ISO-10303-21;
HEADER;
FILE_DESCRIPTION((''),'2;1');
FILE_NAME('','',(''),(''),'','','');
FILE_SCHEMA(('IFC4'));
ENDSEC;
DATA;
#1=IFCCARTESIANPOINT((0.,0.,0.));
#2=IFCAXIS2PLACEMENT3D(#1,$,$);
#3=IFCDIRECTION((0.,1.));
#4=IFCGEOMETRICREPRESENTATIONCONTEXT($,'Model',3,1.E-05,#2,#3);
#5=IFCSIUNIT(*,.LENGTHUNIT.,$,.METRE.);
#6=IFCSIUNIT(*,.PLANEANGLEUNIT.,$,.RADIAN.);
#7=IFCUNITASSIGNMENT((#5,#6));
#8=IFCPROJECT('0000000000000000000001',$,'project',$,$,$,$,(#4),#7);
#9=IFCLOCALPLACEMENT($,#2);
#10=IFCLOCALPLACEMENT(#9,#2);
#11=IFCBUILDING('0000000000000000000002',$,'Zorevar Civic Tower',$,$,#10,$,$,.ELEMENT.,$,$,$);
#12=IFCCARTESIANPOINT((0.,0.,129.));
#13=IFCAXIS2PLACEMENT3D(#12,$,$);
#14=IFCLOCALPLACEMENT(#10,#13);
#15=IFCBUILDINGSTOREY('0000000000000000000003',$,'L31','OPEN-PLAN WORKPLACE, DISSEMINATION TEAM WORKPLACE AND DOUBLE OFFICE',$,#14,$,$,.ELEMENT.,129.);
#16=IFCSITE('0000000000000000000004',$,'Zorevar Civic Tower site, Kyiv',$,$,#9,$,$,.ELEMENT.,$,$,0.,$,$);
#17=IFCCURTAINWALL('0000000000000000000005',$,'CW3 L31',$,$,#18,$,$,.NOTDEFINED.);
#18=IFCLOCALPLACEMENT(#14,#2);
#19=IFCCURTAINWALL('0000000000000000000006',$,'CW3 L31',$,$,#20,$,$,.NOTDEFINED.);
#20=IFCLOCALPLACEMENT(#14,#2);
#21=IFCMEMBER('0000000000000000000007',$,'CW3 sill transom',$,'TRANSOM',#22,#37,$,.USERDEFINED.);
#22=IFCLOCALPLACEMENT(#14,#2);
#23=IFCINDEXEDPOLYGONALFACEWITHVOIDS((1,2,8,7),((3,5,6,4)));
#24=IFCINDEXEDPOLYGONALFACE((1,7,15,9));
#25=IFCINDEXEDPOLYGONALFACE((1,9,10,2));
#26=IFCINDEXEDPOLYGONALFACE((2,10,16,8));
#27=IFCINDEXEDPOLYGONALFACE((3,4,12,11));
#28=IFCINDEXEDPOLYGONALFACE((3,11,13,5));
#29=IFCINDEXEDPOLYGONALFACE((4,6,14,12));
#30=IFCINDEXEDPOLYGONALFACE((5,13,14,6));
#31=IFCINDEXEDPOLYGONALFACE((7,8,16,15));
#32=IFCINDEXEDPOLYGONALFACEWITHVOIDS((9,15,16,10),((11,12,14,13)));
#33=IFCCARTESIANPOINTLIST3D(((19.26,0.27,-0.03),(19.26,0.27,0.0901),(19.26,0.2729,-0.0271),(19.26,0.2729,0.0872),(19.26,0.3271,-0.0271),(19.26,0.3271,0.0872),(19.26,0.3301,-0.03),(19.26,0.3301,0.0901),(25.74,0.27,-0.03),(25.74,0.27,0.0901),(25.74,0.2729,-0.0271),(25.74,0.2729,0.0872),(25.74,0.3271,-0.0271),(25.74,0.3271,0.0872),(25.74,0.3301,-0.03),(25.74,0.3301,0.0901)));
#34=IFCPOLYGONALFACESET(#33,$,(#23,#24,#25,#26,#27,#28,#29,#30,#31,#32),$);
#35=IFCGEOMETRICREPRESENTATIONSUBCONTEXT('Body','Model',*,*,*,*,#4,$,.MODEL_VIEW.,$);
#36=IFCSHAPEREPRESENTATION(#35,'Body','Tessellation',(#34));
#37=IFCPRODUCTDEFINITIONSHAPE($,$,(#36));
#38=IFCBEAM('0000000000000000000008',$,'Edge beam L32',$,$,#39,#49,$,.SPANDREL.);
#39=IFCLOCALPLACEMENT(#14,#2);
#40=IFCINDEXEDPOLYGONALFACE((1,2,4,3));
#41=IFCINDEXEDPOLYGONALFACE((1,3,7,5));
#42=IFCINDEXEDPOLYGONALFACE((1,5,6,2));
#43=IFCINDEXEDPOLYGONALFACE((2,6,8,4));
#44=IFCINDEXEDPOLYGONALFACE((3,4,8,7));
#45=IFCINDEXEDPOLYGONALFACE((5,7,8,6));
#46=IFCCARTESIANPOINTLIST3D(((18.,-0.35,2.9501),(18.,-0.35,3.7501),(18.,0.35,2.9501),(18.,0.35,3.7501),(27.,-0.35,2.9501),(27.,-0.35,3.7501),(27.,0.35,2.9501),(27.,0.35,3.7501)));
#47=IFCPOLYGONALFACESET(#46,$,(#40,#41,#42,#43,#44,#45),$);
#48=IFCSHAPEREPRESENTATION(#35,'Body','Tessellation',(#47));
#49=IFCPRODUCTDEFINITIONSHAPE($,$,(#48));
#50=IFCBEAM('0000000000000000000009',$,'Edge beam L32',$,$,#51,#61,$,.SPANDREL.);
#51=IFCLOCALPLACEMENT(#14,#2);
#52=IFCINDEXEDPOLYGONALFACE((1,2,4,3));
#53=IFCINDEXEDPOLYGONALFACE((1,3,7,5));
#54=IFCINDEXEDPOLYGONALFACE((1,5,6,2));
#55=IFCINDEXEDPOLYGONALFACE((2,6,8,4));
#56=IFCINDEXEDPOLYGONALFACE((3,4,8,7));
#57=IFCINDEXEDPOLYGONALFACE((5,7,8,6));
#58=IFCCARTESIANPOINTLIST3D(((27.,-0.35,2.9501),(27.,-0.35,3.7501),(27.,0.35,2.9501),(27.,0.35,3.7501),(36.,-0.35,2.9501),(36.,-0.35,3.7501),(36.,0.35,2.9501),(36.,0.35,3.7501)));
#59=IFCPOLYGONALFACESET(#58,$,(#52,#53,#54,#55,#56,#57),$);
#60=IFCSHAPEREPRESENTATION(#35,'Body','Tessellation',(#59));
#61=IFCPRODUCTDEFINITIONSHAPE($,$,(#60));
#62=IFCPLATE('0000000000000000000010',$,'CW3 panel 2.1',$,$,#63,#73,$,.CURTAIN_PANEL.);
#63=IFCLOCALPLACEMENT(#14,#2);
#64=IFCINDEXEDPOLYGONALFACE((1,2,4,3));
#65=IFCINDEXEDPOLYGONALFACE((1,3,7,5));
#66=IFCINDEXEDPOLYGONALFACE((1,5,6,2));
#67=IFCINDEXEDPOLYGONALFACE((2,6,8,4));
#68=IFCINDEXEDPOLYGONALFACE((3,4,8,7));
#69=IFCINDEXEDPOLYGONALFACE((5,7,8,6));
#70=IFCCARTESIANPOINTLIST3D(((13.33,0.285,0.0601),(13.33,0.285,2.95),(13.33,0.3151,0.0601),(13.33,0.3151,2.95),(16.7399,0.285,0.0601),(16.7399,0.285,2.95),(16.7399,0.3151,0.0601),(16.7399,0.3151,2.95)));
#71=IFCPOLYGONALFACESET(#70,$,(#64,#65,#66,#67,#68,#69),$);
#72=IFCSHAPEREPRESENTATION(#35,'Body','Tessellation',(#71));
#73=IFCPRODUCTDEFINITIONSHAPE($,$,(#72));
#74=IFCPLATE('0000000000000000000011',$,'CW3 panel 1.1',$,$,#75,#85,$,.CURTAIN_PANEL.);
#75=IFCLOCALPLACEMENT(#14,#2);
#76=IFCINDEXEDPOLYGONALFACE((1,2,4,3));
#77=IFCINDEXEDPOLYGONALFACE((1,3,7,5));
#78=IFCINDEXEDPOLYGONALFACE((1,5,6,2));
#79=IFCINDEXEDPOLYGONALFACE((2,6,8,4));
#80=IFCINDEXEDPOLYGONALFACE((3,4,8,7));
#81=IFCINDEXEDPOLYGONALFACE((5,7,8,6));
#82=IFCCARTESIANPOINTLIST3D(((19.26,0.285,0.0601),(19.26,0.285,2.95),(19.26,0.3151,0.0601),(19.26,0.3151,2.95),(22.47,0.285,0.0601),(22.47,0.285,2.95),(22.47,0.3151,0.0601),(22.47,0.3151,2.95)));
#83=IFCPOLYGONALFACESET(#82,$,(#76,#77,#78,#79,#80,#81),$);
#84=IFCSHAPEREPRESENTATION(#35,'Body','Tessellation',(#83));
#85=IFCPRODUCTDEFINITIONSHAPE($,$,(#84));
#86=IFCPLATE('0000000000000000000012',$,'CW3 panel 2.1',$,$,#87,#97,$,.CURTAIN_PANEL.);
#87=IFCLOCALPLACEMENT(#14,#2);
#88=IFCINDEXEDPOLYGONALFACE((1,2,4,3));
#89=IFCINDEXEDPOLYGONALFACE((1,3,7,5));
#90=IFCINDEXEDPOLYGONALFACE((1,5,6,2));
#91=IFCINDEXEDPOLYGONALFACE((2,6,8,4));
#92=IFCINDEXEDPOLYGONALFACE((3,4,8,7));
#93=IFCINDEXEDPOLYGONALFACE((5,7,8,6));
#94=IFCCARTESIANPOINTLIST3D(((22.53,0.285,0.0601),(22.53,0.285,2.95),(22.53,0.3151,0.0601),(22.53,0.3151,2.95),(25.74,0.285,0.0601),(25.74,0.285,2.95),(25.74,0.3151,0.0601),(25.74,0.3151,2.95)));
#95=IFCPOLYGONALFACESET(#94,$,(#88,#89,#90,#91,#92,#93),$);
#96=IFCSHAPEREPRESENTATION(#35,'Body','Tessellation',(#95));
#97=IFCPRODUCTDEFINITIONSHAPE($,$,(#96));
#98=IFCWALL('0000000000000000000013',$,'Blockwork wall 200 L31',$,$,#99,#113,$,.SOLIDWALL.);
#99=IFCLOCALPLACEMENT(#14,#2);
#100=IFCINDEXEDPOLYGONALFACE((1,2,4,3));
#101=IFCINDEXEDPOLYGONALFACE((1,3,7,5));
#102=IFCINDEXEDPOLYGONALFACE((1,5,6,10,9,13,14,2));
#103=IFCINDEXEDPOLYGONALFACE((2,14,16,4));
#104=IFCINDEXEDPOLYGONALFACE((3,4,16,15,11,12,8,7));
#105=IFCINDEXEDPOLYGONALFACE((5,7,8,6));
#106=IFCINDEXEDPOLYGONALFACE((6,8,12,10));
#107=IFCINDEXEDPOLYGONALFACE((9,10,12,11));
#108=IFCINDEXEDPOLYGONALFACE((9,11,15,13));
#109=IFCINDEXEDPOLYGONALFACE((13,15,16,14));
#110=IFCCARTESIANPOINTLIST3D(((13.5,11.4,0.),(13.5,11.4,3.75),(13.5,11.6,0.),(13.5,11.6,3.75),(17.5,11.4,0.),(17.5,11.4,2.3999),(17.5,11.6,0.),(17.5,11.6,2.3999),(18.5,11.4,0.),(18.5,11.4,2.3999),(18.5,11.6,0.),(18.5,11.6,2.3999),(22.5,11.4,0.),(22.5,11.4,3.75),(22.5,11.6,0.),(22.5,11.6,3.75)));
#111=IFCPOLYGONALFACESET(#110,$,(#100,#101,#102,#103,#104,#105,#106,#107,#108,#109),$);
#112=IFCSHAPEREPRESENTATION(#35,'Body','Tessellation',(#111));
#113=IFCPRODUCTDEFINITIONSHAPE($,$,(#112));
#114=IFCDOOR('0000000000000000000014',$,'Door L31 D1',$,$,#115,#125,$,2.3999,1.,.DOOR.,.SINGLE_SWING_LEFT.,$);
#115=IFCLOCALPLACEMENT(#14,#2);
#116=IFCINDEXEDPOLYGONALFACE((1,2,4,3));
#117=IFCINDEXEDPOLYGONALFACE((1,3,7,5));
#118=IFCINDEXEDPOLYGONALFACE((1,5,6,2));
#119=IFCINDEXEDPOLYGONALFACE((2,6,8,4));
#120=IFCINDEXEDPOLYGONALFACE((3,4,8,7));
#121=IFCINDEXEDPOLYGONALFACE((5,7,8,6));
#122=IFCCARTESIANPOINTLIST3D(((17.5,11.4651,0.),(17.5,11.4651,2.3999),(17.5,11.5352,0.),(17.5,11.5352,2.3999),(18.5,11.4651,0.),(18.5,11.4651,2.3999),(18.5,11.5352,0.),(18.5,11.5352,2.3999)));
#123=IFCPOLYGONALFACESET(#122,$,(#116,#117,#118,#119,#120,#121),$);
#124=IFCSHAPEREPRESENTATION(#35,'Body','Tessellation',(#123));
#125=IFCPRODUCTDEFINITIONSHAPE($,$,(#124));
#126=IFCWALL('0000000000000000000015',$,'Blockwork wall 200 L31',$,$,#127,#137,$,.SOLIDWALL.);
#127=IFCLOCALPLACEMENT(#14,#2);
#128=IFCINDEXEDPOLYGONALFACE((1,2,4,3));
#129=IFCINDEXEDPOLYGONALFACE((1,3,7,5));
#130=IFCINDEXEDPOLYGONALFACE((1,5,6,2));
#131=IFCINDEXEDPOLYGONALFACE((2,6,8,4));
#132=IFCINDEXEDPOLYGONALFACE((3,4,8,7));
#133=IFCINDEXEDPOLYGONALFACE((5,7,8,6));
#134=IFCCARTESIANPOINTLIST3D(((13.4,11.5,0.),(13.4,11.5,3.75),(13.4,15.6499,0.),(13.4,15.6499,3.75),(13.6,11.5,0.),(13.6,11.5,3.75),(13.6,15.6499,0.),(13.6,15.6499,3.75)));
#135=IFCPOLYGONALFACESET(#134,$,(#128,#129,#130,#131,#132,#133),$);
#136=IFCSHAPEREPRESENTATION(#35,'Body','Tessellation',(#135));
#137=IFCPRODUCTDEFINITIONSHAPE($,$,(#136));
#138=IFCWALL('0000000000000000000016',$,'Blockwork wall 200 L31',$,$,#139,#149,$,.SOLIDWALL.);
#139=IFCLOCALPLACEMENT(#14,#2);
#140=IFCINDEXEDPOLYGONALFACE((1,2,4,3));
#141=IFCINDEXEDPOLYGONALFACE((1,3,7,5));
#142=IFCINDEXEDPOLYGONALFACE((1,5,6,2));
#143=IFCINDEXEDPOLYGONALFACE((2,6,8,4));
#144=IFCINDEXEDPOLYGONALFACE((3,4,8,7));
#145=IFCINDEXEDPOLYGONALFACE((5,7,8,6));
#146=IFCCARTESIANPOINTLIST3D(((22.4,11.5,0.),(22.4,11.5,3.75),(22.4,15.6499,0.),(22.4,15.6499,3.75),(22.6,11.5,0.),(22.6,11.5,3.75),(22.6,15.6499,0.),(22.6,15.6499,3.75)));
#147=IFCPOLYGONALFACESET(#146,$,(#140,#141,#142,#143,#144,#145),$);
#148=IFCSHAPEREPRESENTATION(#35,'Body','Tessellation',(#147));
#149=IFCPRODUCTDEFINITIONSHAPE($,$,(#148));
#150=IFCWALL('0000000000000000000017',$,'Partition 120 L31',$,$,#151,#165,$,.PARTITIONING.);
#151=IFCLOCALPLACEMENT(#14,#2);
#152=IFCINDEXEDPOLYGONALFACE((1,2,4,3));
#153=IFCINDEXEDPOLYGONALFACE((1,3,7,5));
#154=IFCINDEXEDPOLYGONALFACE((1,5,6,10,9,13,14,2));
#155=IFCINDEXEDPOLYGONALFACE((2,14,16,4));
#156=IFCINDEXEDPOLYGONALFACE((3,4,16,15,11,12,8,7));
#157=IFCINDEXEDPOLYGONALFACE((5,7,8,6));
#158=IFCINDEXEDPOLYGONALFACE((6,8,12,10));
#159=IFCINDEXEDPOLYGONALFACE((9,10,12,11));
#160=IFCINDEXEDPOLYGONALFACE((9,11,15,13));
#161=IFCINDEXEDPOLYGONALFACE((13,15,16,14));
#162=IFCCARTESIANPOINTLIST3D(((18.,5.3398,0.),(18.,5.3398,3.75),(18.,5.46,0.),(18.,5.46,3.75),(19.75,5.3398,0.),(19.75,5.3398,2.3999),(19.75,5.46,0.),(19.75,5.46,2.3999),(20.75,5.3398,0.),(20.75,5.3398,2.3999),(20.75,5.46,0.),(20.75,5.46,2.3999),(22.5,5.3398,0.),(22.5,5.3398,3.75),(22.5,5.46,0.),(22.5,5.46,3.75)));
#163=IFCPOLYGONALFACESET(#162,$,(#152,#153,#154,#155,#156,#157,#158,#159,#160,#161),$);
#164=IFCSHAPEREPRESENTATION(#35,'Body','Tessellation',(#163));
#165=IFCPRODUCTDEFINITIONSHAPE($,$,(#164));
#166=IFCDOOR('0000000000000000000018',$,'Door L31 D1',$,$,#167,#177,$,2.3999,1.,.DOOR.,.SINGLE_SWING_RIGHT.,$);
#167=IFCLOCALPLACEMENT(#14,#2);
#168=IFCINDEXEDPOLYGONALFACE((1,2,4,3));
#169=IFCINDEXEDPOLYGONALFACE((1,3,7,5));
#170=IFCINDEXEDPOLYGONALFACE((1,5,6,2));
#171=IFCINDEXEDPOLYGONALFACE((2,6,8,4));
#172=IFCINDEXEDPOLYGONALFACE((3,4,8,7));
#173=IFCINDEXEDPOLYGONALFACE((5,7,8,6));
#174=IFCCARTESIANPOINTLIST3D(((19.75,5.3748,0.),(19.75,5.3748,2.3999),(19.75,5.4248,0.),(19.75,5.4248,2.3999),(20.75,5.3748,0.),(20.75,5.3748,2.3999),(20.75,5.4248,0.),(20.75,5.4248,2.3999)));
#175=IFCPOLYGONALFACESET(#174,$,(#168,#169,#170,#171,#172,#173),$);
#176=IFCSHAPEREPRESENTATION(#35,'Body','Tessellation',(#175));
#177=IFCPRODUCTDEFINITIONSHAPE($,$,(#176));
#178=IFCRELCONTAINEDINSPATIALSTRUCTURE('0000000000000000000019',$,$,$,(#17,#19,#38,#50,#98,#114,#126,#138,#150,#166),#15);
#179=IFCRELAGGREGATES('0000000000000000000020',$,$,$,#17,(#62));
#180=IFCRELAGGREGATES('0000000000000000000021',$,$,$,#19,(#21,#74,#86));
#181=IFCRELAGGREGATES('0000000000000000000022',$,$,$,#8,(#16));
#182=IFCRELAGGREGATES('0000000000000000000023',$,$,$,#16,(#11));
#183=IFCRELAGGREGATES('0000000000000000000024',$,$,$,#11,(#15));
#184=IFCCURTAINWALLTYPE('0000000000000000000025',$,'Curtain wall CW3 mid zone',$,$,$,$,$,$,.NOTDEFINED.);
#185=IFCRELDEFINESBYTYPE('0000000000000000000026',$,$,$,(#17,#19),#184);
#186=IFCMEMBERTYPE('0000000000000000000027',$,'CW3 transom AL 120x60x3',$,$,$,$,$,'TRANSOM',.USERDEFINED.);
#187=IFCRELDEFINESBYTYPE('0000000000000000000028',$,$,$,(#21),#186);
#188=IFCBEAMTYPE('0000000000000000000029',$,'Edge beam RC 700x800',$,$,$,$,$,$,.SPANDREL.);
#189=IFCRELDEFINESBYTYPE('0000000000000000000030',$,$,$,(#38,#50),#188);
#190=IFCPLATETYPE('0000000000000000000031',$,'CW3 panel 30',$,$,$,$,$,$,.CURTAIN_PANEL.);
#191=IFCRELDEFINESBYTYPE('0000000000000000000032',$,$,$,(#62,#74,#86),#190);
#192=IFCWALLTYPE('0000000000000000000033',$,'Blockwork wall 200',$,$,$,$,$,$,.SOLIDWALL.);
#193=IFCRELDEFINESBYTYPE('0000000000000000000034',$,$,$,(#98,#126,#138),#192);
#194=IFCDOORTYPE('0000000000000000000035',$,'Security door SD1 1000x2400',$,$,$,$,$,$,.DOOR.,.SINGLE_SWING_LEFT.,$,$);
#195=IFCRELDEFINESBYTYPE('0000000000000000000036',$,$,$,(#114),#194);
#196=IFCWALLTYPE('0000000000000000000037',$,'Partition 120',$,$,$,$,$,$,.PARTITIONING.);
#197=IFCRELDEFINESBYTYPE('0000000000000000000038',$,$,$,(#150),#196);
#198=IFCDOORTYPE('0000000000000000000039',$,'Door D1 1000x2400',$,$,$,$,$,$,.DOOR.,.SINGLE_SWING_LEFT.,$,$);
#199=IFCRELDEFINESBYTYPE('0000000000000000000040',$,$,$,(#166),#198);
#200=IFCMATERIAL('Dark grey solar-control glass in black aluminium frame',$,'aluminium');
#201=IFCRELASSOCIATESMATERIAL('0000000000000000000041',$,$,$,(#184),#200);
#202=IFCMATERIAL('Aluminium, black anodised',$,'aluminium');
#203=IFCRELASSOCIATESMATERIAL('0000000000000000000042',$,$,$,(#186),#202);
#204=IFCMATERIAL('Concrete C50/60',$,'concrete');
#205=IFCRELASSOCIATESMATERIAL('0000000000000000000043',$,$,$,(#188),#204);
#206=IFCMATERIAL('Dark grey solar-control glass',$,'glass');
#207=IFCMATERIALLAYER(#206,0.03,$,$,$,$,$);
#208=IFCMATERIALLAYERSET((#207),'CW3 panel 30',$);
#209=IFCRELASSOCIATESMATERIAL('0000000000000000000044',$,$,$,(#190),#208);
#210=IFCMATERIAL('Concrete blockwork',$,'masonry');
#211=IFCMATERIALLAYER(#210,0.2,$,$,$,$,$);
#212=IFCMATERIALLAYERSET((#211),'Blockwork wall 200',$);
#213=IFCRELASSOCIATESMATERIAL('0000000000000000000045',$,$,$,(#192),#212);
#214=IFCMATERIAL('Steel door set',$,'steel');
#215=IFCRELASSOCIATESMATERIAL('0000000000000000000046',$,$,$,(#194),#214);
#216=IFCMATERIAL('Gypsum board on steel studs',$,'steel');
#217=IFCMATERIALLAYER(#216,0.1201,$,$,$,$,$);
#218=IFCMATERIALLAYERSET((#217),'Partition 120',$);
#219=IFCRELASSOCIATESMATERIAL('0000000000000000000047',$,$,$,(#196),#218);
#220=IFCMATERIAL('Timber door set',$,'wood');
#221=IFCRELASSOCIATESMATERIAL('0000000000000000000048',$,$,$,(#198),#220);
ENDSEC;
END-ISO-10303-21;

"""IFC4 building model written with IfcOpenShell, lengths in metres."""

from ifc_helpers import new_model, si_unit, direction, frame, frame_2d, origin, origin_2d, place, context, subcontext, project, spatial, rectangle, hollow_rectangle, extrude, material, layer, layer_set, material_profile, profile_set, type_object, element, fill, aggregate, save


model = new_model("IFC4")

# Units and contexts
model_context = context("Model", 3, precision=1e-05, world=origin(), true_north=direction((0.0, 1.0)))
body_context = subcontext(model_context, "Body", "Model", "MODEL_VIEW")
ifc_project = project(units=[si_unit("LENGTHUNIT", "METRE"), si_unit("PLANEANGLEUNIT", "RADIAN")], contexts=[model_context])

# Site, building, storey
site_placement = place(None, origin())
site = spatial("IfcSite", under=ifc_project, at=site_placement, Name="Zorevar Civic Tower site, Kyiv", CompositionType="ELEMENT", RefElevation=0.0)
building_placement = place(site_placement, origin())
building = spatial("IfcBuilding", under=site, at=building_placement, Name="Zorevar Civic Tower", CompositionType="ELEMENT")
storey_placement = place(building_placement, frame((0.0, 0.0, 129.0)))
storey = spatial("IfcBuildingStorey", under=building, at=storey_placement, Name="L31", Description="OPEN-PLAN WORKPLACE, DISSEMINATION TEAM WORKPLACE AND DOUBLE OFFICE", CompositionType="ELEMENT", Elevation=129.0)

# Curtain wall
ifc_material_1 = material(Name="Dark grey solar-control glass in black aluminium frame", Category="aluminium")
curtain_wall_type = type_object("IfcCurtainWallType", Name="Curtain wall CW3 mid zone", PredefinedType="NOTDEFINED", material=ifc_material_1)
curtain_wall_1_placement = place(storey_placement, origin())
curtain_wall_1 = element("IfcCurtainWall", 1, at=curtain_wall_1_placement, inside=storey, type_object=curtain_wall_type, Name="CW3 L31", PredefinedType="NOTDEFINED")

# Curtain wall, member
curtain_wall_2_placement = place(storey_placement, origin())
curtain_wall_2 = element("IfcCurtainWall", 2, at=curtain_wall_2_placement, inside=storey, type_object=curtain_wall_type, Name="CW3 L31", PredefinedType="NOTDEFINED")
ifc_material_2 = material(Name="Aluminium, black anodised", Category="aluminium")
ifc_material_profile_1 = material_profile(ifc_material_2, hollow_rectangle(XDim=0.0601, YDim=0.1201, WallThickness=0.0029, at=origin_2d()), Name="AL 120x60x3")
ifc_profile_set_1 = profile_set([ifc_material_profile_1], Name="Aluminium, black anodised")
member_type_1 = type_object("IfcMemberType", Name="CW3 transom AL 120x60x3", ElementType="TRANSOM", PredefinedType="USERDEFINED", material=ifc_profile_set_1)
member_1_placement = place(storey_placement, frame((19.26, 0.3, 0.03), z_axis=(1.0, 0.0, 0.0), x_axis=(0.0, 1.0, 0.0)))
member_1 = element("IfcMember", 3, at=member_1_placement, type_object=member_type_1, Name="CW3 sill transom", ObjectType="TRANSOM", PredefinedType="USERDEFINED", context=body_context, shape_type="SweptSolid", body=[
    extrude(hollow_rectangle(XDim=0.0601, YDim=0.1201, WallThickness=0.0029, at=origin_2d()), origin(), (0.0, 0.0, 1.0), 6.48),
])

# Beams
ifc_material_3 = material(Name="Concrete C50/60", Category="concrete")
ifc_material_profile_2 = material_profile(ifc_material_3, rectangle(XDim=0.7, YDim=0.8, at=origin_2d()), Name="RC 700x800")
ifc_profile_set_2 = profile_set([ifc_material_profile_2], Name="Concrete C50/60")
beam_type_1 = type_object("IfcBeamType", Name="Edge beam RC 700x800", PredefinedType="SPANDREL", material=ifc_profile_set_2)
for number, where, z_axis, x_axis, name in (
    (4, (18.0, 0.0, 3.3501), (1.0, 0.0, 0.0), (0.0, 1.0, 0.0), "Edge beam L32"),
    (5, (27.0, 0.0, 3.3501), (1.0, 0.0, 0.0), (0.0, 1.0, 0.0), "Edge beam L32"),
):
    element("IfcBeam", number, at=place(storey_placement, frame(where, z_axis=z_axis, x_axis=x_axis)), inside=storey, type_object=beam_type_1, Name=name, PredefinedType="SPANDREL", context=body_context, shape_type="SweptSolid", body=[
        extrude(rectangle(XDim=0.7, YDim=0.8, at=origin_2d()), origin(), (0.0, 0.0, 1.0), 9.0),
    ])

# Plates
ifc_material_4 = material(Name="Dark grey solar-control glass", Category="glass")
ifc_layer_1 = layer(ifc_material_4, 0.03)
ifc_layer_set_1 = layer_set([ifc_layer_1], Name="CW3 panel 30")
plate_type = type_object("IfcPlateType", Name="CW3 panel 30", PredefinedType="CURTAIN_PANEL", material=ifc_layer_set_1)
plate_1_placement = place(storey_placement, frame((15.0349, 0.3, 0.0601), z_axis=(0.0, 0.0, 1.0), x_axis=(1.0, 0.0, 0.0)))
plate_1 = element("IfcPlate", 6, at=plate_1_placement, type_object=plate_type, Name="CW3 panel 2.1", PredefinedType="CURTAIN_PANEL", context=body_context, shape_type="SweptSolid", body=[
    extrude(rectangle(XDim=3.4099, YDim=0.03, at=origin_2d()), origin(), (0.0, 0.0, 1.0), 2.8899),
])
aggregate(curtain_wall_1, [plate_1])
plate_2_placement = place(storey_placement, frame((20.865, 0.3, 0.0601), z_axis=(0.0, 0.0, 1.0), x_axis=(1.0, 0.0, 0.0)))
plate_2 = element("IfcPlate", 7, at=plate_2_placement, type_object=plate_type, Name="CW3 panel 1.1", PredefinedType="CURTAIN_PANEL", context=body_context, shape_type="SweptSolid", body=[
    extrude(rectangle(XDim=3.21, YDim=0.03, at=origin_2d()), origin(), (0.0, 0.0, 1.0), 2.8899),
])
plate_3_placement = place(storey_placement, frame((24.135, 0.3, 0.0601), z_axis=(0.0, 0.0, 1.0), x_axis=(1.0, 0.0, 0.0)))
plate_3 = element("IfcPlate", 8, at=plate_3_placement, type_object=plate_type, Name="CW3 panel 2.1", PredefinedType="CURTAIN_PANEL", context=body_context, shape_type="SweptSolid", body=[
    extrude(rectangle(XDim=3.21, YDim=0.03, at=origin_2d()), origin(), (0.0, 0.0, 1.0), 2.8899),
])
aggregate(curtain_wall_2, [member_1, plate_2, plate_3])

# Wall, opening, door
ifc_material_5 = material(Name="Concrete blockwork", Category="masonry")
ifc_layer_2 = layer(ifc_material_5, 0.2)
ifc_layer_set_2 = layer_set([ifc_layer_2], Name="Blockwork wall 200")
wall_type_1 = type_object("IfcWallType", Name="Blockwork wall 200", PredefinedType="SOLIDWALL", material=ifc_layer_set_2)
wall_1_placement = place(storey_placement, frame((13.5, 11.5, 0.0), z_axis=(0.0, 0.0, 1.0), x_axis=(1.0, 0.0, 0.0)))
wall_1 = element("IfcWall", 9, at=wall_1_placement, inside=storey, type_object=wall_type_1, Name="Blockwork wall 200 L31", PredefinedType="SOLIDWALL", context=body_context, shape_type="SweptSolid", body=[
    extrude(rectangle(XDim=9.0, YDim=0.2, at=frame_2d((4.5, 0.0))), origin(), (0.0, 0.0, 1.0), 3.75),
])
opening_1_placement = place(wall_1_placement, frame((4.0, 0.0, 0.0)))
opening_1 = element("IfcOpeningElement", 10, at=opening_1_placement, cuts=wall_1, PredefinedType="OPENING", context=body_context, shape_type="SweptSolid", body=[
    extrude(rectangle(XDim=1.0, YDim=2.3999, at=frame_2d((0.5, 1.2))), frame((0.0, 0.1099, 0.0), z_axis=(0.0, -1.0, 0.0), x_axis=(1.0, 0.0, 0.0)), (0.0, 0.0, 1.0), 0.22),
])
ifc_material_6 = material(Name="Steel door set", Category="steel")
door_type_1 = type_object("IfcDoorType", Name="Security door SD1 1000x2400", OperationType="SINGLE_SWING_LEFT", PredefinedType="DOOR", material=ifc_material_6)
door_1_placement = place(opening_1_placement, origin())
door_1 = element("IfcDoor", 11, at=door_1_placement, inside=storey, type_object=door_type_1, Name="Door L31 D1", OperationType="SINGLE_SWING_LEFT", OverallHeight=2.3999, OverallWidth=1.0, PredefinedType="DOOR", context=body_context, shape_type="SweptSolid", body=[
    extrude(rectangle(XDim=1.0, YDim=2.3999, at=frame_2d((0.5, 1.2))), frame((0.0, 0.0352, 0.0), z_axis=(0.0, -1.0, 0.0), x_axis=(1.0, 0.0, 0.0)), (0.0, 0.0, 1.0), 0.0701),
])
fill(opening_1, door_1)

# Walls
for number, where, z_axis, x_axis, name in (
    (12, (13.5, 11.5, 0.0), (0.0, 0.0, 1.0), (0.0, 1.0, 0.0), "Blockwork wall 200 L31"),
    (13, (22.5, 11.5, 0.0), (0.0, 0.0, 1.0), (0.0, 1.0, 0.0), "Blockwork wall 200 L31"),
):
    element("IfcWall", number, at=place(storey_placement, frame(where, z_axis=z_axis, x_axis=x_axis)), inside=storey, type_object=wall_type_1, Name=name, PredefinedType="SOLIDWALL", context=body_context, shape_type="SweptSolid", body=[
        extrude(rectangle(XDim=4.1499, YDim=0.2, at=frame_2d((2.075, 0.0))), origin(), (0.0, 0.0, 1.0), 3.75),
    ])

# Wall, opening, door
ifc_material_7 = material(Name="Gypsum board on steel studs", Category="steel")
ifc_layer_3 = layer(ifc_material_7, 0.1201)
ifc_layer_set_3 = layer_set([ifc_layer_3], Name="Partition 120")
wall_type_2 = type_object("IfcWallType", Name="Partition 120", PredefinedType="PARTITIONING", material=ifc_layer_set_3)
wall_2_placement = place(storey_placement, frame((18.0, 5.3999, 0.0), z_axis=(0.0, 0.0, 1.0), x_axis=(1.0, 0.0, 0.0)))
wall_2 = element("IfcWall", 14, at=wall_2_placement, inside=storey, type_object=wall_type_2, Name="Partition 120 L31", PredefinedType="PARTITIONING", context=body_context, shape_type="SweptSolid", body=[
    extrude(rectangle(XDim=4.5, YDim=0.1201, at=frame_2d((2.25, 0.0))), origin(), (0.0, 0.0, 1.0), 3.75),
])
opening_2_placement = place(wall_2_placement, frame((1.75, 0.0, 0.0)))
opening_2 = element("IfcOpeningElement", 15, at=opening_2_placement, cuts=wall_2, PredefinedType="OPENING", context=body_context, shape_type="SweptSolid", body=[
    extrude(rectangle(XDim=1.0, YDim=2.3999, at=frame_2d((0.5, 1.2))), frame((0.0, 0.0701, 0.0), z_axis=(0.0, -1.0, 0.0), x_axis=(1.0, 0.0, 0.0)), (0.0, 0.0, 1.0), 0.1401),
])
ifc_material_8 = material(Name="Timber door set", Category="wood")
door_type_2 = type_object("IfcDoorType", Name="Door D1 1000x2400", OperationType="SINGLE_SWING_LEFT", PredefinedType="DOOR", material=ifc_material_8)
door_2_placement = place(opening_2_placement, origin())
door_2 = element("IfcDoor", 16, at=door_2_placement, inside=storey, type_object=door_type_2, Name="Door L31 D1", OperationType="SINGLE_SWING_RIGHT", OverallHeight=2.3999, OverallWidth=1.0, PredefinedType="DOOR", context=body_context, shape_type="SweptSolid", body=[
    extrude(rectangle(XDim=1.0, YDim=2.3999, at=frame_2d((0.5, 1.2))), frame((0.0, 0.0249, 0.0), z_axis=(0.0, -1.0, 0.0), x_axis=(1.0, 0.0, 0.0)), (0.0, 0.0, 1.0), 0.05),
])
fill(opening_2, door_2)

save(model, "model.ifc")
